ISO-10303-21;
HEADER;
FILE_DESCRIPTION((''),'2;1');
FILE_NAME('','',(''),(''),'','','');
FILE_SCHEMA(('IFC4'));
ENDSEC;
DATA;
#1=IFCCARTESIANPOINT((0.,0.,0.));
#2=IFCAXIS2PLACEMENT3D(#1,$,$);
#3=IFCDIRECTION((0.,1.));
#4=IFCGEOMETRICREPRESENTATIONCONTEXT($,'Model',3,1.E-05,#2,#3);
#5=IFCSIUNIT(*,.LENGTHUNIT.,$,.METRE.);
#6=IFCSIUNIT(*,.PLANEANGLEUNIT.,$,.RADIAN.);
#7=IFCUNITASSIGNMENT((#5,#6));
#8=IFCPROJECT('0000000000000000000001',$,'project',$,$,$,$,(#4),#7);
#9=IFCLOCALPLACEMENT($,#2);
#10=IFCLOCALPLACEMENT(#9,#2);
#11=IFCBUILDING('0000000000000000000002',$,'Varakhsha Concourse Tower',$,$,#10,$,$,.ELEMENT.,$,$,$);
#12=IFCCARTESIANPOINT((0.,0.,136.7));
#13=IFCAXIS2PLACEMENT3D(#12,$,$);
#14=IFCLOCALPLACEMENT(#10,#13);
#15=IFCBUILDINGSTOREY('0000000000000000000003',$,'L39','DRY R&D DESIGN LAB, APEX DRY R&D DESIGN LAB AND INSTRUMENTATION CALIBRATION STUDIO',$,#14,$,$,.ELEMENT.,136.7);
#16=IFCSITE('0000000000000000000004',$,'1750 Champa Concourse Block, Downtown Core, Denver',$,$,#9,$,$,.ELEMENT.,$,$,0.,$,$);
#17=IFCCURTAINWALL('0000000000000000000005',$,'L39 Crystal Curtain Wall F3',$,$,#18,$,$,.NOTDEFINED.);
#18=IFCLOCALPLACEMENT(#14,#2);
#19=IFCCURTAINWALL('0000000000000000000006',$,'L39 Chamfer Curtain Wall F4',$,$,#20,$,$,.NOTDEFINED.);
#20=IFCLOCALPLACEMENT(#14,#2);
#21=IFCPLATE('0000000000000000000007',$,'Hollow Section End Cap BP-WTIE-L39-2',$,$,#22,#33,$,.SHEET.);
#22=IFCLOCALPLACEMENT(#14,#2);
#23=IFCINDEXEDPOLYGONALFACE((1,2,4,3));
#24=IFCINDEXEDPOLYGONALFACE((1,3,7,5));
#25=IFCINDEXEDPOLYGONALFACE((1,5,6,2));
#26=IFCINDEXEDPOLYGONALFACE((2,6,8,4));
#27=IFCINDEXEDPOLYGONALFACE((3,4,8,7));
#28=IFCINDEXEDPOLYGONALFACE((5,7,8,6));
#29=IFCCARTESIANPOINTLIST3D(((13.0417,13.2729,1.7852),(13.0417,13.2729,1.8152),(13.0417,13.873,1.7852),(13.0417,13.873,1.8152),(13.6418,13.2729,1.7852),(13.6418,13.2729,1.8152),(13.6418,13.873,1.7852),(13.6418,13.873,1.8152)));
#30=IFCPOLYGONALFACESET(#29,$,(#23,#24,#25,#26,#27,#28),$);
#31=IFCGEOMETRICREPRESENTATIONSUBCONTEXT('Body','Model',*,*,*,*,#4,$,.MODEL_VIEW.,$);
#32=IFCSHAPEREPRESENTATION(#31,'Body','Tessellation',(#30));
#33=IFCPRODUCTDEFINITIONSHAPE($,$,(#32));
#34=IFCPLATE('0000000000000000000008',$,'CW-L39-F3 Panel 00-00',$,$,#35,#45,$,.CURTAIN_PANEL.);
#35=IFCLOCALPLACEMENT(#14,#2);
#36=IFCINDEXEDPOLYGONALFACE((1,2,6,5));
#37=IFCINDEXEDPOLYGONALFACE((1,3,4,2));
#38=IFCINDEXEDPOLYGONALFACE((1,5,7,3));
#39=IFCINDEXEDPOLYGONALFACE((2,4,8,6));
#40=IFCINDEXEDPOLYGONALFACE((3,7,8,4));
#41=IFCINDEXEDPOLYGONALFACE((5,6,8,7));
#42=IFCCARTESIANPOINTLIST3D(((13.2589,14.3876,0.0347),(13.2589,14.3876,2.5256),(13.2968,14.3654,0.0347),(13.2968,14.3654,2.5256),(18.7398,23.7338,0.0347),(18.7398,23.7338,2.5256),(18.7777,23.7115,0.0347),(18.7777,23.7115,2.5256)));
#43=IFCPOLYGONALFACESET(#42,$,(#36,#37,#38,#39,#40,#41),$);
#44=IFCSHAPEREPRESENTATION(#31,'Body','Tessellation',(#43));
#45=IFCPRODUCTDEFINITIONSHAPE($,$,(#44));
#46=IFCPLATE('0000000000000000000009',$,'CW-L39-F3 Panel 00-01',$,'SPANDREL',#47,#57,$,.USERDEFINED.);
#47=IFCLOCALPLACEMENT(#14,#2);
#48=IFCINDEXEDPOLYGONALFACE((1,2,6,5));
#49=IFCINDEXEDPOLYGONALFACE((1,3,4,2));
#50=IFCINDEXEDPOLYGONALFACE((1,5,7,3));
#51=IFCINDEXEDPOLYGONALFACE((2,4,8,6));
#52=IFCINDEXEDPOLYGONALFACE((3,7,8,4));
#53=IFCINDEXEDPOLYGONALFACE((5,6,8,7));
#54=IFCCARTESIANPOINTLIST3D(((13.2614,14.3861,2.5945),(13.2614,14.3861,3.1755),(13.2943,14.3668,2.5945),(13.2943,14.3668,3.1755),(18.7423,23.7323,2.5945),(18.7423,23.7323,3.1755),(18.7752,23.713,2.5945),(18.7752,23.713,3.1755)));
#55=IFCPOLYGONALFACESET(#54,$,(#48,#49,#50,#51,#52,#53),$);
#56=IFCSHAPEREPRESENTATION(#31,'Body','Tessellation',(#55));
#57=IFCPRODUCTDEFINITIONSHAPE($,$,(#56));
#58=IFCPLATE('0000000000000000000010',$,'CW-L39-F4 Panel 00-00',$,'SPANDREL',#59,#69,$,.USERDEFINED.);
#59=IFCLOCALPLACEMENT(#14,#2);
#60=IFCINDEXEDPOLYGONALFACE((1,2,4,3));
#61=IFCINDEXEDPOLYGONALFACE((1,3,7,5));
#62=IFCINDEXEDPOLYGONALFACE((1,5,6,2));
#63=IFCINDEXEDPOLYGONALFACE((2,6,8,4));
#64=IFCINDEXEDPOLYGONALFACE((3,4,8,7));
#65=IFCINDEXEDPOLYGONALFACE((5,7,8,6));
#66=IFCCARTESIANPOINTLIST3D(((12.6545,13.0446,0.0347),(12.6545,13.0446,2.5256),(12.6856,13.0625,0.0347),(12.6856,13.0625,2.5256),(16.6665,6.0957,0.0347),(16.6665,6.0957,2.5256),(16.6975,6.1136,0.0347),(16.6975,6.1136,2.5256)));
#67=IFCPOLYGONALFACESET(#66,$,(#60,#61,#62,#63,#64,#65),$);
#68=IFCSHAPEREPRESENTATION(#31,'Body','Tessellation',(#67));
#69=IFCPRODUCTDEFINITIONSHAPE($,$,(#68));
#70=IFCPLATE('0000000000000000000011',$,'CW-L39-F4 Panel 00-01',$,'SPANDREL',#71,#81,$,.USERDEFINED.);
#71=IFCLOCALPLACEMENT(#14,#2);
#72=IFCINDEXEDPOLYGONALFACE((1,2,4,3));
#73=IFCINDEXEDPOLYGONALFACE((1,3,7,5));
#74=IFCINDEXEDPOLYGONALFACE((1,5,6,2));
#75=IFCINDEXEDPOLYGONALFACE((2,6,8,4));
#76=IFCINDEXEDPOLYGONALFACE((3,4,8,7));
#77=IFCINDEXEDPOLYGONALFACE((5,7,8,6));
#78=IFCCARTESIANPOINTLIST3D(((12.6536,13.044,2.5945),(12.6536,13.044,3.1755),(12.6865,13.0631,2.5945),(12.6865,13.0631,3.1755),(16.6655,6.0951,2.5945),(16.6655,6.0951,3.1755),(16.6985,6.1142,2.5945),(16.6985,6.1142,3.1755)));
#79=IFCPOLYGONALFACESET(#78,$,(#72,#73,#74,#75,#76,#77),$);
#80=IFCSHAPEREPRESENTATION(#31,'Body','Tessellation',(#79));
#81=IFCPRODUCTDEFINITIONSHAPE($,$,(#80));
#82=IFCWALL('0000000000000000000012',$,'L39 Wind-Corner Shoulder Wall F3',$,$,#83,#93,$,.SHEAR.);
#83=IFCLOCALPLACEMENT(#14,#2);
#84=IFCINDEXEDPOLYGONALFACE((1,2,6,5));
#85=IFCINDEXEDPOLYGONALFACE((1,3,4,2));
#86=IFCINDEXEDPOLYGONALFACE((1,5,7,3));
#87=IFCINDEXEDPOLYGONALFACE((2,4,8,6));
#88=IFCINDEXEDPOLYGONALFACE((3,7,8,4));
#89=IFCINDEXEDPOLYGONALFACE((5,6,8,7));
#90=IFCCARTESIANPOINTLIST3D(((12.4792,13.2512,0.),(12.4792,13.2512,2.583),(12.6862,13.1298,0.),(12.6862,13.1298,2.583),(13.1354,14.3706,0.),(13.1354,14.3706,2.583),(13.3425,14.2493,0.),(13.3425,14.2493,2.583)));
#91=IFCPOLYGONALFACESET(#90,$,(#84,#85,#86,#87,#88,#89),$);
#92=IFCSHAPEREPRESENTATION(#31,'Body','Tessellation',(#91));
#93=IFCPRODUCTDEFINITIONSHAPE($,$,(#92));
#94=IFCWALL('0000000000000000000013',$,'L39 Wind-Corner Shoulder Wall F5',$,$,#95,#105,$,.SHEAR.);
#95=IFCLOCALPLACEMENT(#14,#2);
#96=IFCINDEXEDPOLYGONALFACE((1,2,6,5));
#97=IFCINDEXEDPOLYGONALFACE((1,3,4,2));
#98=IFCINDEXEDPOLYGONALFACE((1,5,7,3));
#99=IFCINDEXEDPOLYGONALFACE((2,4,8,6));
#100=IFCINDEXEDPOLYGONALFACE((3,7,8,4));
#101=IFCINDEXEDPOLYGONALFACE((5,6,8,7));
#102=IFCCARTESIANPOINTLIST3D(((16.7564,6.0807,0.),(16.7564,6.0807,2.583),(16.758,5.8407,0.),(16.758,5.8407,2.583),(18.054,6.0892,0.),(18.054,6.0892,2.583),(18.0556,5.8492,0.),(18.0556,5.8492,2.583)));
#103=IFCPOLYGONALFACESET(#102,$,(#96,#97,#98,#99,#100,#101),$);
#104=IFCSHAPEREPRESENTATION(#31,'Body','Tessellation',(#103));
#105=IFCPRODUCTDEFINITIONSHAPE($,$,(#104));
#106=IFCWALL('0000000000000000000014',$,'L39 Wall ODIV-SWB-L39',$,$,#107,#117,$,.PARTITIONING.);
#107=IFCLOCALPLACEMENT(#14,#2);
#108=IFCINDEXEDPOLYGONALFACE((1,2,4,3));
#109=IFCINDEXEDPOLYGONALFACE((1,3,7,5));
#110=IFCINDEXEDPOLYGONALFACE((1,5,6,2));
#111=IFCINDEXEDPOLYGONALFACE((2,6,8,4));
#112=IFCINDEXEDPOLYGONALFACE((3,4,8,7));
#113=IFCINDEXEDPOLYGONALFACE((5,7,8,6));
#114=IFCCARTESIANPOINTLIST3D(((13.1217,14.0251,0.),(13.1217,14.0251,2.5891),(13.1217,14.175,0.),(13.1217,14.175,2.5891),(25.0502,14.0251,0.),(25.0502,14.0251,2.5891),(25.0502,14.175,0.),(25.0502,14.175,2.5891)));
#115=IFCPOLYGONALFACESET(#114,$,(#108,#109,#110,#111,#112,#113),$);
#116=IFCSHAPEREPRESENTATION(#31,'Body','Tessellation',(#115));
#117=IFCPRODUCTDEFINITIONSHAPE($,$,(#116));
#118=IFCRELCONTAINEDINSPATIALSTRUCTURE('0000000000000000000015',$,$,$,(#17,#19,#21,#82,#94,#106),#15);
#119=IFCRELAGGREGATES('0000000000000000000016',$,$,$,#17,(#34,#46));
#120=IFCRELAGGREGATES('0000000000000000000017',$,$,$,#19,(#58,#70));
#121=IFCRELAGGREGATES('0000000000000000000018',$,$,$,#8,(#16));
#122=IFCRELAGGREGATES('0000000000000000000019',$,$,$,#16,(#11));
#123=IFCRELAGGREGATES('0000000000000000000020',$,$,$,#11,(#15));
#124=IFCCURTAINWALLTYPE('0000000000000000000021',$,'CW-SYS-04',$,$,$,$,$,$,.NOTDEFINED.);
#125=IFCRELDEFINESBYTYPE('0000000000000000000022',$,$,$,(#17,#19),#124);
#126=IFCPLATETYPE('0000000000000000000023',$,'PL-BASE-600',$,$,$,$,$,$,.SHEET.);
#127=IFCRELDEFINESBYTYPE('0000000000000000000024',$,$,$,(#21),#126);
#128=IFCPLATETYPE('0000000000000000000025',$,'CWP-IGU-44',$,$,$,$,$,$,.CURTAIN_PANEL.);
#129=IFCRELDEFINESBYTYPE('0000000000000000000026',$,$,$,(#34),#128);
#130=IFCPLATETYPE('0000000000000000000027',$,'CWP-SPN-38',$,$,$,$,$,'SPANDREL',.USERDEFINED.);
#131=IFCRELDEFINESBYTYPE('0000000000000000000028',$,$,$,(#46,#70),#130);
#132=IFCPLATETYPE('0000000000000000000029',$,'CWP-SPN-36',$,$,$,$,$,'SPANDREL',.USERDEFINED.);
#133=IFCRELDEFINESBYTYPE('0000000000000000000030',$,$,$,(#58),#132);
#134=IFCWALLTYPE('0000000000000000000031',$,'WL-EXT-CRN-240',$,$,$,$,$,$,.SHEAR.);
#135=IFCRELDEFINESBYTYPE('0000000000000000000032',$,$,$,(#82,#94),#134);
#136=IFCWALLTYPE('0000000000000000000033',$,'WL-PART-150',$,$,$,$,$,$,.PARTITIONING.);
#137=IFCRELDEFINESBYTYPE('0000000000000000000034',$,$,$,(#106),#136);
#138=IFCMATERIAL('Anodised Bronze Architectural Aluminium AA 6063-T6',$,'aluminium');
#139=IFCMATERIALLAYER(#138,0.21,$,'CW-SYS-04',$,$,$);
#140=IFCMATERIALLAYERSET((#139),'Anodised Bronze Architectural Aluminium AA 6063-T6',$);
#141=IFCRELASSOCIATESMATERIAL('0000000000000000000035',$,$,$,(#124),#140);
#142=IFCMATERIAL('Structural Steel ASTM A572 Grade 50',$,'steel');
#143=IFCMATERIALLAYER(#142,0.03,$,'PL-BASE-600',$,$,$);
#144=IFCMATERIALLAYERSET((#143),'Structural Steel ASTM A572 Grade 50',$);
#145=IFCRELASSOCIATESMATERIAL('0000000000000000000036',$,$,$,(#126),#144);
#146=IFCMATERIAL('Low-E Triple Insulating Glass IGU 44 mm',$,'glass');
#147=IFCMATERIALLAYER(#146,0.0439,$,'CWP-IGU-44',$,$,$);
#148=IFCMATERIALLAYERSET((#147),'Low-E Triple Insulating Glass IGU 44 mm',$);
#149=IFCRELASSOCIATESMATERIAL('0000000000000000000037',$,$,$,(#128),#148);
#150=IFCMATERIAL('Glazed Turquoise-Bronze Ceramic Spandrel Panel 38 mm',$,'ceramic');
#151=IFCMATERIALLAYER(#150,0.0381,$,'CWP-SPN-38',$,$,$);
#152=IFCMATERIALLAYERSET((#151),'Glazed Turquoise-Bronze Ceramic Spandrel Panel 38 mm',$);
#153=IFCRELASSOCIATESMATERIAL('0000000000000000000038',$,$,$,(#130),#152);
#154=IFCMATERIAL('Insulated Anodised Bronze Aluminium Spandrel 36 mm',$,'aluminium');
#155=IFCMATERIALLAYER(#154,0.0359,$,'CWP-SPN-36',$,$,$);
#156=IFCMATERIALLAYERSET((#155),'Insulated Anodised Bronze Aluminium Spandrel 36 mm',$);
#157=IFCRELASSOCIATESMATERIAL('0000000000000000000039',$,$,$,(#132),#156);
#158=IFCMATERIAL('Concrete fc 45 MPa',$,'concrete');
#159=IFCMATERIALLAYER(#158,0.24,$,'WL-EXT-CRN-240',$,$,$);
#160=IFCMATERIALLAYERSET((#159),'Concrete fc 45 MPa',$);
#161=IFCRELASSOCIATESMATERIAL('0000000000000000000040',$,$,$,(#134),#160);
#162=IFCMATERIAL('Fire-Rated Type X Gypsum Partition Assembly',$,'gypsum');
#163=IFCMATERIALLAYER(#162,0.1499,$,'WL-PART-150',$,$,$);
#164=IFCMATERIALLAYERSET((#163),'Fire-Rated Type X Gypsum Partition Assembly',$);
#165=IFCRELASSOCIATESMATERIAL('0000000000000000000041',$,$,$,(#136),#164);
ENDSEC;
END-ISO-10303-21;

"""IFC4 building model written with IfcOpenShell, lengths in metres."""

from ifc_helpers import new_model, si_unit, direction, frame, frame_2d, origin, origin_2d, place, context, subcontext, project, spatial, rectangle, extrude, source, transform, mapped, material, layer, layer_set, type_object, type_shapes, element, aggregate, save


model = new_model("IFC4")

# Units and contexts
model_context = context("Model", 3, precision=1e-05, world=origin(), true_north=direction((0.0, 1.0)))
body_context = subcontext(model_context, "Body", "Model", "MODEL_VIEW")
ifc_project = project(units=[si_unit("LENGTHUNIT", "METRE"), si_unit("PLANEANGLEUNIT", "RADIAN")], contexts=[model_context])

# Site, building, storey
site_placement = place(None, origin())
site = spatial("IfcSite", under=ifc_project, at=site_placement, Name="1750 Champa Concourse Block, Downtown Core, Denver", CompositionType="ELEMENT", RefElevation=0.0)
building_placement = place(site_placement, origin())
building = spatial("IfcBuilding", under=site, at=building_placement, Name="Varakhsha Concourse Tower", CompositionType="ELEMENT")
storey_placement = place(building_placement, frame((0.0, 0.0, 136.7)))
storey = spatial("IfcBuildingStorey", under=building, at=storey_placement, Name="L39", Description="DRY R&D DESIGN LAB, APEX DRY R&D DESIGN LAB AND INSTRUMENTATION CALIBRATION STUDIO", CompositionType="ELEMENT", Elevation=136.7)

# Shared definitions
ifc_material_1 = material(Name="Structural Steel ASTM A572 Grade 50", Category="steel")

# Curtain wall
ifc_material_2 = material(Name="Anodised Bronze Architectural Aluminium AA 6063-T6", Category="aluminium")
ifc_layer_1 = layer(ifc_material_2, 0.21, Name="CW-SYS-04")
ifc_layer_set_1 = layer_set([ifc_layer_1], Name="Anodised Bronze Architectural Aluminium AA 6063-T6")
curtain_wall_type = type_object("IfcCurtainWallType", Name="CW-SYS-04", PredefinedType="NOTDEFINED", material=ifc_layer_set_1)
curtain_wall_1_placement = place(storey_placement, origin())
curtain_wall_1 = element("IfcCurtainWall", 1, at=curtain_wall_1_placement, inside=storey, type_object=curtain_wall_type, Name="L39 Crystal Curtain Wall F3", PredefinedType="NOTDEFINED")

# Curtain wall
curtain_wall_2_placement = place(storey_placement, origin())
curtain_wall_2 = element("IfcCurtainWall", 2, at=curtain_wall_2_placement, inside=storey, type_object=curtain_wall_type, Name="L39 Chamfer Curtain Wall F4", PredefinedType="NOTDEFINED")

# Shared definitions
ifc_material_3 = material(Name="Concrete fc 45 MPa", Category="concrete")

# Plate
ifc_layer_2 = layer(ifc_material_1, 0.03, Name="PL-BASE-600")
ifc_layer_set_2 = layer_set([ifc_layer_2], Name="Structural Steel ASTM A572 Grade 50")
plate_type_1 = type_object("IfcPlateType", Name="PL-BASE-600", PredefinedType="SHEET", material=ifc_layer_set_2)
shared_shape_1 = source(origin(), body_context, "Body", "SweptSolid", [
    extrude(rectangle(XDim=0.6001, YDim=0.6001, at=origin_2d()), origin(), (0.0, 0.0, 1.0), 0.03),
])
type_shapes(plate_type_1, [shared_shape_1])
plate_1_placement = place(storey_placement, frame((13.3418, 13.573, 1.7852), z_axis=(0.0, 0.0, 1.0), x_axis=(1.0, 0.0, 0.0)))
element("IfcPlate", 3, at=plate_1_placement, inside=storey, type_object=plate_type_1, Name="Hollow Section End Cap BP-WTIE-L39-2", PredefinedType="SHEET", context=body_context, shape_type="MappedRepresentation", body=[
    mapped(shared_shape_1, transform((0.0, 0.0, 0.0), scale=1.0)),
])

# Plates
ifc_material_4 = material(Name="Low-E Triple Insulating Glass IGU 44 mm", Category="glass")
ifc_layer_3 = layer(ifc_material_4, 0.0439, Name="CWP-IGU-44")
ifc_layer_set_3 = layer_set([ifc_layer_3], Name="Low-E Triple Insulating Glass IGU 44 mm")
plate_type_2 = type_object("IfcPlateType", Name="CWP-IGU-44", PredefinedType="CURTAIN_PANEL", material=ifc_layer_set_3)
shared_shape_2 = source(origin(), body_context, "Body", "SweptSolid", [
    extrude(rectangle(XDim=10.8347, YDim=0.0439, at=origin_2d()), origin(), (0.0, 0.0, 1.0), 2.491),
])
type_shapes(plate_type_2, [shared_shape_2])
plate_2_placement = place(storey_placement, frame((16.0183, 19.0496, 0.0347), z_axis=(0.0, 0.0, 1.0), x_axis=(0.505862, 0.862614, 0.0)))
plate_2 = element("IfcPlate", 4, at=plate_2_placement, type_object=plate_type_2, Name="CW-L39-F3 Panel 00-00", PredefinedType="CURTAIN_PANEL", context=body_context, shape_type="MappedRepresentation", body=[
    mapped(shared_shape_2, transform((0.0, 0.0, 0.0), scale=1.0)),
])
ifc_material_5 = material(Name="Glazed Turquoise-Bronze Ceramic Spandrel Panel 38 mm", Category="ceramic")
ifc_layer_4 = layer(ifc_material_5, 0.0381, Name="CWP-SPN-38")
ifc_layer_set_4 = layer_set([ifc_layer_4], Name="Glazed Turquoise-Bronze Ceramic Spandrel Panel 38 mm")
plate_type_3 = type_object("IfcPlateType", Name="CWP-SPN-38", ElementType="SPANDREL", PredefinedType="USERDEFINED", material=ifc_layer_set_4)
shared_shape_3 = source(origin(), body_context, "Body", "SweptSolid", [
    extrude(rectangle(XDim=10.8347, YDim=0.0381, at=origin_2d()), origin(), (0.0, 0.0, 1.0), 0.5811),
])
plate_3_placement = place(storey_placement, frame((16.0183, 19.0496, 2.5945), z_axis=(0.0, 0.0, 1.0), x_axis=(0.505862, 0.862614, 0.0)))
plate_3 = element("IfcPlate", 5, at=plate_3_placement, type_object=plate_type_3, Name="CW-L39-F3 Panel 00-01", ObjectType="SPANDREL", PredefinedType="USERDEFINED", context=body_context, shape_type="MappedRepresentation", body=[
    mapped(shared_shape_3, transform((0.0, 0.0, 0.0), scale=1.0)),
])
aggregate(curtain_wall_1, [plate_2, plate_3])
ifc_material_6 = material(Name="Insulated Anodised Bronze Aluminium Spandrel 36 mm", Category="aluminium")
ifc_layer_5 = layer(ifc_material_6, 0.0359, Name="CWP-SPN-36")
ifc_layer_set_5 = layer_set([ifc_layer_5], Name="Insulated Anodised Bronze Aluminium Spandrel 36 mm")
plate_type_4 = type_object("IfcPlateType", Name="CWP-SPN-36", ElementType="SPANDREL", PredefinedType="USERDEFINED", material=ifc_layer_set_5)
shared_shape_4 = source(origin(), body_context, "Body", "SweptSolid", [
    extrude(rectangle(XDim=8.0239, YDim=0.0359, at=origin_2d()), origin(), (0.0, 0.0, 1.0), 2.491),
])
type_shapes(plate_type_4, [shared_shape_4])
plate_4_placement = place(storey_placement, frame((14.676, 9.5791, 0.0347), z_axis=(0.0, 0.0, 1.0), x_axis=(-0.5, 0.866025, 0.0)))
plate_4 = element("IfcPlate", 6, at=plate_4_placement, type_object=plate_type_4, Name="CW-L39-F4 Panel 00-00", ObjectType="SPANDREL", PredefinedType="USERDEFINED", context=body_context, shape_type="MappedRepresentation", body=[
    mapped(shared_shape_4, transform((0.0, 0.0, 0.0), scale=1.0)),
])
shared_shape_5 = source(origin(), body_context, "Body", "SweptSolid", [
    extrude(rectangle(XDim=8.0239, YDim=0.0381, at=origin_2d()), origin(), (0.0, 0.0, 1.0), 0.5811),
])
type_shapes(plate_type_3, [shared_shape_3, shared_shape_5])
plate_5_placement = place(storey_placement, frame((14.676, 9.5791, 2.5945), z_axis=(0.0, 0.0, 1.0), x_axis=(-0.5, 0.866025, 0.0)))
plate_5 = element("IfcPlate", 7, at=plate_5_placement, type_object=plate_type_3, Name="CW-L39-F4 Panel 00-01", ObjectType="SPANDREL", PredefinedType="USERDEFINED", context=body_context, shape_type="MappedRepresentation", body=[
    mapped(shared_shape_5, transform((0.0, 0.0, 0.0), scale=1.0)),
])
aggregate(curtain_wall_2, [plate_4, plate_5])

# Walls
ifc_layer_6 = layer(ifc_material_3, 0.24, Name="WL-EXT-CRN-240")
ifc_layer_set_6 = layer_set([ifc_layer_6], Name="Concrete fc 45 MPa")
wall_type_1 = type_object("IfcWallType", Name="WL-EXT-CRN-240", PredefinedType="SHEAR", material=ifc_layer_set_6)
for number, where, z_axis, x_axis, name in (
    (8, (13.239, 14.3101, 0.0), (0.0, 0.0, 1.0), (-0.505753, -0.862678, 0.0), "L39 Wind-Corner Shoulder Wall F3"),
    (9, (16.7571, 5.9607, 0.0), (0.0, 0.0, 1.0), (0.999978, 0.006585, 0.0), "L39 Wind-Corner Shoulder Wall F5"),
):
    element("IfcWall", number, at=place(storey_placement, frame(where, z_axis=z_axis, x_axis=x_axis)), inside=storey, type_object=wall_type_1, Name=name, PredefinedType="SHEAR", context=body_context, shape_type="SweptSolid", body=[
        extrude(rectangle(XDim=1.2976, YDim=0.24, at=frame_2d((0.6489, 0.0))), origin(), (0.0, 0.0, 1.0), 2.583),
    ])
ifc_material_7 = material(Name="Fire-Rated Type X Gypsum Partition Assembly", Category="gypsum")
ifc_layer_7 = layer(ifc_material_7, 0.1499, Name="WL-PART-150")
ifc_layer_set_7 = layer_set([ifc_layer_7], Name="Fire-Rated Type X Gypsum Partition Assembly")
wall_type_2 = type_object("IfcWallType", Name="WL-PART-150", PredefinedType="PARTITIONING", material=ifc_layer_set_7)
wall_placement = place(storey_placement, frame((13.1216, 14.1001, 0.0), z_axis=(0.0, 0.0, 1.0), x_axis=(1.0, 0.0, 0.0)))
element("IfcWall", 10, at=wall_placement, inside=storey, type_object=wall_type_2, Name="L39 Wall ODIV-SWB-L39", PredefinedType="PARTITIONING", context=body_context, shape_type="SweptSolid", body=[
    extrude(rectangle(XDim=11.9285, YDim=0.1499, at=frame_2d((5.9644, 0.0))), origin(), (0.0, 0.0, 1.0), 2.5891),
])

save(model, "model.ifc")
